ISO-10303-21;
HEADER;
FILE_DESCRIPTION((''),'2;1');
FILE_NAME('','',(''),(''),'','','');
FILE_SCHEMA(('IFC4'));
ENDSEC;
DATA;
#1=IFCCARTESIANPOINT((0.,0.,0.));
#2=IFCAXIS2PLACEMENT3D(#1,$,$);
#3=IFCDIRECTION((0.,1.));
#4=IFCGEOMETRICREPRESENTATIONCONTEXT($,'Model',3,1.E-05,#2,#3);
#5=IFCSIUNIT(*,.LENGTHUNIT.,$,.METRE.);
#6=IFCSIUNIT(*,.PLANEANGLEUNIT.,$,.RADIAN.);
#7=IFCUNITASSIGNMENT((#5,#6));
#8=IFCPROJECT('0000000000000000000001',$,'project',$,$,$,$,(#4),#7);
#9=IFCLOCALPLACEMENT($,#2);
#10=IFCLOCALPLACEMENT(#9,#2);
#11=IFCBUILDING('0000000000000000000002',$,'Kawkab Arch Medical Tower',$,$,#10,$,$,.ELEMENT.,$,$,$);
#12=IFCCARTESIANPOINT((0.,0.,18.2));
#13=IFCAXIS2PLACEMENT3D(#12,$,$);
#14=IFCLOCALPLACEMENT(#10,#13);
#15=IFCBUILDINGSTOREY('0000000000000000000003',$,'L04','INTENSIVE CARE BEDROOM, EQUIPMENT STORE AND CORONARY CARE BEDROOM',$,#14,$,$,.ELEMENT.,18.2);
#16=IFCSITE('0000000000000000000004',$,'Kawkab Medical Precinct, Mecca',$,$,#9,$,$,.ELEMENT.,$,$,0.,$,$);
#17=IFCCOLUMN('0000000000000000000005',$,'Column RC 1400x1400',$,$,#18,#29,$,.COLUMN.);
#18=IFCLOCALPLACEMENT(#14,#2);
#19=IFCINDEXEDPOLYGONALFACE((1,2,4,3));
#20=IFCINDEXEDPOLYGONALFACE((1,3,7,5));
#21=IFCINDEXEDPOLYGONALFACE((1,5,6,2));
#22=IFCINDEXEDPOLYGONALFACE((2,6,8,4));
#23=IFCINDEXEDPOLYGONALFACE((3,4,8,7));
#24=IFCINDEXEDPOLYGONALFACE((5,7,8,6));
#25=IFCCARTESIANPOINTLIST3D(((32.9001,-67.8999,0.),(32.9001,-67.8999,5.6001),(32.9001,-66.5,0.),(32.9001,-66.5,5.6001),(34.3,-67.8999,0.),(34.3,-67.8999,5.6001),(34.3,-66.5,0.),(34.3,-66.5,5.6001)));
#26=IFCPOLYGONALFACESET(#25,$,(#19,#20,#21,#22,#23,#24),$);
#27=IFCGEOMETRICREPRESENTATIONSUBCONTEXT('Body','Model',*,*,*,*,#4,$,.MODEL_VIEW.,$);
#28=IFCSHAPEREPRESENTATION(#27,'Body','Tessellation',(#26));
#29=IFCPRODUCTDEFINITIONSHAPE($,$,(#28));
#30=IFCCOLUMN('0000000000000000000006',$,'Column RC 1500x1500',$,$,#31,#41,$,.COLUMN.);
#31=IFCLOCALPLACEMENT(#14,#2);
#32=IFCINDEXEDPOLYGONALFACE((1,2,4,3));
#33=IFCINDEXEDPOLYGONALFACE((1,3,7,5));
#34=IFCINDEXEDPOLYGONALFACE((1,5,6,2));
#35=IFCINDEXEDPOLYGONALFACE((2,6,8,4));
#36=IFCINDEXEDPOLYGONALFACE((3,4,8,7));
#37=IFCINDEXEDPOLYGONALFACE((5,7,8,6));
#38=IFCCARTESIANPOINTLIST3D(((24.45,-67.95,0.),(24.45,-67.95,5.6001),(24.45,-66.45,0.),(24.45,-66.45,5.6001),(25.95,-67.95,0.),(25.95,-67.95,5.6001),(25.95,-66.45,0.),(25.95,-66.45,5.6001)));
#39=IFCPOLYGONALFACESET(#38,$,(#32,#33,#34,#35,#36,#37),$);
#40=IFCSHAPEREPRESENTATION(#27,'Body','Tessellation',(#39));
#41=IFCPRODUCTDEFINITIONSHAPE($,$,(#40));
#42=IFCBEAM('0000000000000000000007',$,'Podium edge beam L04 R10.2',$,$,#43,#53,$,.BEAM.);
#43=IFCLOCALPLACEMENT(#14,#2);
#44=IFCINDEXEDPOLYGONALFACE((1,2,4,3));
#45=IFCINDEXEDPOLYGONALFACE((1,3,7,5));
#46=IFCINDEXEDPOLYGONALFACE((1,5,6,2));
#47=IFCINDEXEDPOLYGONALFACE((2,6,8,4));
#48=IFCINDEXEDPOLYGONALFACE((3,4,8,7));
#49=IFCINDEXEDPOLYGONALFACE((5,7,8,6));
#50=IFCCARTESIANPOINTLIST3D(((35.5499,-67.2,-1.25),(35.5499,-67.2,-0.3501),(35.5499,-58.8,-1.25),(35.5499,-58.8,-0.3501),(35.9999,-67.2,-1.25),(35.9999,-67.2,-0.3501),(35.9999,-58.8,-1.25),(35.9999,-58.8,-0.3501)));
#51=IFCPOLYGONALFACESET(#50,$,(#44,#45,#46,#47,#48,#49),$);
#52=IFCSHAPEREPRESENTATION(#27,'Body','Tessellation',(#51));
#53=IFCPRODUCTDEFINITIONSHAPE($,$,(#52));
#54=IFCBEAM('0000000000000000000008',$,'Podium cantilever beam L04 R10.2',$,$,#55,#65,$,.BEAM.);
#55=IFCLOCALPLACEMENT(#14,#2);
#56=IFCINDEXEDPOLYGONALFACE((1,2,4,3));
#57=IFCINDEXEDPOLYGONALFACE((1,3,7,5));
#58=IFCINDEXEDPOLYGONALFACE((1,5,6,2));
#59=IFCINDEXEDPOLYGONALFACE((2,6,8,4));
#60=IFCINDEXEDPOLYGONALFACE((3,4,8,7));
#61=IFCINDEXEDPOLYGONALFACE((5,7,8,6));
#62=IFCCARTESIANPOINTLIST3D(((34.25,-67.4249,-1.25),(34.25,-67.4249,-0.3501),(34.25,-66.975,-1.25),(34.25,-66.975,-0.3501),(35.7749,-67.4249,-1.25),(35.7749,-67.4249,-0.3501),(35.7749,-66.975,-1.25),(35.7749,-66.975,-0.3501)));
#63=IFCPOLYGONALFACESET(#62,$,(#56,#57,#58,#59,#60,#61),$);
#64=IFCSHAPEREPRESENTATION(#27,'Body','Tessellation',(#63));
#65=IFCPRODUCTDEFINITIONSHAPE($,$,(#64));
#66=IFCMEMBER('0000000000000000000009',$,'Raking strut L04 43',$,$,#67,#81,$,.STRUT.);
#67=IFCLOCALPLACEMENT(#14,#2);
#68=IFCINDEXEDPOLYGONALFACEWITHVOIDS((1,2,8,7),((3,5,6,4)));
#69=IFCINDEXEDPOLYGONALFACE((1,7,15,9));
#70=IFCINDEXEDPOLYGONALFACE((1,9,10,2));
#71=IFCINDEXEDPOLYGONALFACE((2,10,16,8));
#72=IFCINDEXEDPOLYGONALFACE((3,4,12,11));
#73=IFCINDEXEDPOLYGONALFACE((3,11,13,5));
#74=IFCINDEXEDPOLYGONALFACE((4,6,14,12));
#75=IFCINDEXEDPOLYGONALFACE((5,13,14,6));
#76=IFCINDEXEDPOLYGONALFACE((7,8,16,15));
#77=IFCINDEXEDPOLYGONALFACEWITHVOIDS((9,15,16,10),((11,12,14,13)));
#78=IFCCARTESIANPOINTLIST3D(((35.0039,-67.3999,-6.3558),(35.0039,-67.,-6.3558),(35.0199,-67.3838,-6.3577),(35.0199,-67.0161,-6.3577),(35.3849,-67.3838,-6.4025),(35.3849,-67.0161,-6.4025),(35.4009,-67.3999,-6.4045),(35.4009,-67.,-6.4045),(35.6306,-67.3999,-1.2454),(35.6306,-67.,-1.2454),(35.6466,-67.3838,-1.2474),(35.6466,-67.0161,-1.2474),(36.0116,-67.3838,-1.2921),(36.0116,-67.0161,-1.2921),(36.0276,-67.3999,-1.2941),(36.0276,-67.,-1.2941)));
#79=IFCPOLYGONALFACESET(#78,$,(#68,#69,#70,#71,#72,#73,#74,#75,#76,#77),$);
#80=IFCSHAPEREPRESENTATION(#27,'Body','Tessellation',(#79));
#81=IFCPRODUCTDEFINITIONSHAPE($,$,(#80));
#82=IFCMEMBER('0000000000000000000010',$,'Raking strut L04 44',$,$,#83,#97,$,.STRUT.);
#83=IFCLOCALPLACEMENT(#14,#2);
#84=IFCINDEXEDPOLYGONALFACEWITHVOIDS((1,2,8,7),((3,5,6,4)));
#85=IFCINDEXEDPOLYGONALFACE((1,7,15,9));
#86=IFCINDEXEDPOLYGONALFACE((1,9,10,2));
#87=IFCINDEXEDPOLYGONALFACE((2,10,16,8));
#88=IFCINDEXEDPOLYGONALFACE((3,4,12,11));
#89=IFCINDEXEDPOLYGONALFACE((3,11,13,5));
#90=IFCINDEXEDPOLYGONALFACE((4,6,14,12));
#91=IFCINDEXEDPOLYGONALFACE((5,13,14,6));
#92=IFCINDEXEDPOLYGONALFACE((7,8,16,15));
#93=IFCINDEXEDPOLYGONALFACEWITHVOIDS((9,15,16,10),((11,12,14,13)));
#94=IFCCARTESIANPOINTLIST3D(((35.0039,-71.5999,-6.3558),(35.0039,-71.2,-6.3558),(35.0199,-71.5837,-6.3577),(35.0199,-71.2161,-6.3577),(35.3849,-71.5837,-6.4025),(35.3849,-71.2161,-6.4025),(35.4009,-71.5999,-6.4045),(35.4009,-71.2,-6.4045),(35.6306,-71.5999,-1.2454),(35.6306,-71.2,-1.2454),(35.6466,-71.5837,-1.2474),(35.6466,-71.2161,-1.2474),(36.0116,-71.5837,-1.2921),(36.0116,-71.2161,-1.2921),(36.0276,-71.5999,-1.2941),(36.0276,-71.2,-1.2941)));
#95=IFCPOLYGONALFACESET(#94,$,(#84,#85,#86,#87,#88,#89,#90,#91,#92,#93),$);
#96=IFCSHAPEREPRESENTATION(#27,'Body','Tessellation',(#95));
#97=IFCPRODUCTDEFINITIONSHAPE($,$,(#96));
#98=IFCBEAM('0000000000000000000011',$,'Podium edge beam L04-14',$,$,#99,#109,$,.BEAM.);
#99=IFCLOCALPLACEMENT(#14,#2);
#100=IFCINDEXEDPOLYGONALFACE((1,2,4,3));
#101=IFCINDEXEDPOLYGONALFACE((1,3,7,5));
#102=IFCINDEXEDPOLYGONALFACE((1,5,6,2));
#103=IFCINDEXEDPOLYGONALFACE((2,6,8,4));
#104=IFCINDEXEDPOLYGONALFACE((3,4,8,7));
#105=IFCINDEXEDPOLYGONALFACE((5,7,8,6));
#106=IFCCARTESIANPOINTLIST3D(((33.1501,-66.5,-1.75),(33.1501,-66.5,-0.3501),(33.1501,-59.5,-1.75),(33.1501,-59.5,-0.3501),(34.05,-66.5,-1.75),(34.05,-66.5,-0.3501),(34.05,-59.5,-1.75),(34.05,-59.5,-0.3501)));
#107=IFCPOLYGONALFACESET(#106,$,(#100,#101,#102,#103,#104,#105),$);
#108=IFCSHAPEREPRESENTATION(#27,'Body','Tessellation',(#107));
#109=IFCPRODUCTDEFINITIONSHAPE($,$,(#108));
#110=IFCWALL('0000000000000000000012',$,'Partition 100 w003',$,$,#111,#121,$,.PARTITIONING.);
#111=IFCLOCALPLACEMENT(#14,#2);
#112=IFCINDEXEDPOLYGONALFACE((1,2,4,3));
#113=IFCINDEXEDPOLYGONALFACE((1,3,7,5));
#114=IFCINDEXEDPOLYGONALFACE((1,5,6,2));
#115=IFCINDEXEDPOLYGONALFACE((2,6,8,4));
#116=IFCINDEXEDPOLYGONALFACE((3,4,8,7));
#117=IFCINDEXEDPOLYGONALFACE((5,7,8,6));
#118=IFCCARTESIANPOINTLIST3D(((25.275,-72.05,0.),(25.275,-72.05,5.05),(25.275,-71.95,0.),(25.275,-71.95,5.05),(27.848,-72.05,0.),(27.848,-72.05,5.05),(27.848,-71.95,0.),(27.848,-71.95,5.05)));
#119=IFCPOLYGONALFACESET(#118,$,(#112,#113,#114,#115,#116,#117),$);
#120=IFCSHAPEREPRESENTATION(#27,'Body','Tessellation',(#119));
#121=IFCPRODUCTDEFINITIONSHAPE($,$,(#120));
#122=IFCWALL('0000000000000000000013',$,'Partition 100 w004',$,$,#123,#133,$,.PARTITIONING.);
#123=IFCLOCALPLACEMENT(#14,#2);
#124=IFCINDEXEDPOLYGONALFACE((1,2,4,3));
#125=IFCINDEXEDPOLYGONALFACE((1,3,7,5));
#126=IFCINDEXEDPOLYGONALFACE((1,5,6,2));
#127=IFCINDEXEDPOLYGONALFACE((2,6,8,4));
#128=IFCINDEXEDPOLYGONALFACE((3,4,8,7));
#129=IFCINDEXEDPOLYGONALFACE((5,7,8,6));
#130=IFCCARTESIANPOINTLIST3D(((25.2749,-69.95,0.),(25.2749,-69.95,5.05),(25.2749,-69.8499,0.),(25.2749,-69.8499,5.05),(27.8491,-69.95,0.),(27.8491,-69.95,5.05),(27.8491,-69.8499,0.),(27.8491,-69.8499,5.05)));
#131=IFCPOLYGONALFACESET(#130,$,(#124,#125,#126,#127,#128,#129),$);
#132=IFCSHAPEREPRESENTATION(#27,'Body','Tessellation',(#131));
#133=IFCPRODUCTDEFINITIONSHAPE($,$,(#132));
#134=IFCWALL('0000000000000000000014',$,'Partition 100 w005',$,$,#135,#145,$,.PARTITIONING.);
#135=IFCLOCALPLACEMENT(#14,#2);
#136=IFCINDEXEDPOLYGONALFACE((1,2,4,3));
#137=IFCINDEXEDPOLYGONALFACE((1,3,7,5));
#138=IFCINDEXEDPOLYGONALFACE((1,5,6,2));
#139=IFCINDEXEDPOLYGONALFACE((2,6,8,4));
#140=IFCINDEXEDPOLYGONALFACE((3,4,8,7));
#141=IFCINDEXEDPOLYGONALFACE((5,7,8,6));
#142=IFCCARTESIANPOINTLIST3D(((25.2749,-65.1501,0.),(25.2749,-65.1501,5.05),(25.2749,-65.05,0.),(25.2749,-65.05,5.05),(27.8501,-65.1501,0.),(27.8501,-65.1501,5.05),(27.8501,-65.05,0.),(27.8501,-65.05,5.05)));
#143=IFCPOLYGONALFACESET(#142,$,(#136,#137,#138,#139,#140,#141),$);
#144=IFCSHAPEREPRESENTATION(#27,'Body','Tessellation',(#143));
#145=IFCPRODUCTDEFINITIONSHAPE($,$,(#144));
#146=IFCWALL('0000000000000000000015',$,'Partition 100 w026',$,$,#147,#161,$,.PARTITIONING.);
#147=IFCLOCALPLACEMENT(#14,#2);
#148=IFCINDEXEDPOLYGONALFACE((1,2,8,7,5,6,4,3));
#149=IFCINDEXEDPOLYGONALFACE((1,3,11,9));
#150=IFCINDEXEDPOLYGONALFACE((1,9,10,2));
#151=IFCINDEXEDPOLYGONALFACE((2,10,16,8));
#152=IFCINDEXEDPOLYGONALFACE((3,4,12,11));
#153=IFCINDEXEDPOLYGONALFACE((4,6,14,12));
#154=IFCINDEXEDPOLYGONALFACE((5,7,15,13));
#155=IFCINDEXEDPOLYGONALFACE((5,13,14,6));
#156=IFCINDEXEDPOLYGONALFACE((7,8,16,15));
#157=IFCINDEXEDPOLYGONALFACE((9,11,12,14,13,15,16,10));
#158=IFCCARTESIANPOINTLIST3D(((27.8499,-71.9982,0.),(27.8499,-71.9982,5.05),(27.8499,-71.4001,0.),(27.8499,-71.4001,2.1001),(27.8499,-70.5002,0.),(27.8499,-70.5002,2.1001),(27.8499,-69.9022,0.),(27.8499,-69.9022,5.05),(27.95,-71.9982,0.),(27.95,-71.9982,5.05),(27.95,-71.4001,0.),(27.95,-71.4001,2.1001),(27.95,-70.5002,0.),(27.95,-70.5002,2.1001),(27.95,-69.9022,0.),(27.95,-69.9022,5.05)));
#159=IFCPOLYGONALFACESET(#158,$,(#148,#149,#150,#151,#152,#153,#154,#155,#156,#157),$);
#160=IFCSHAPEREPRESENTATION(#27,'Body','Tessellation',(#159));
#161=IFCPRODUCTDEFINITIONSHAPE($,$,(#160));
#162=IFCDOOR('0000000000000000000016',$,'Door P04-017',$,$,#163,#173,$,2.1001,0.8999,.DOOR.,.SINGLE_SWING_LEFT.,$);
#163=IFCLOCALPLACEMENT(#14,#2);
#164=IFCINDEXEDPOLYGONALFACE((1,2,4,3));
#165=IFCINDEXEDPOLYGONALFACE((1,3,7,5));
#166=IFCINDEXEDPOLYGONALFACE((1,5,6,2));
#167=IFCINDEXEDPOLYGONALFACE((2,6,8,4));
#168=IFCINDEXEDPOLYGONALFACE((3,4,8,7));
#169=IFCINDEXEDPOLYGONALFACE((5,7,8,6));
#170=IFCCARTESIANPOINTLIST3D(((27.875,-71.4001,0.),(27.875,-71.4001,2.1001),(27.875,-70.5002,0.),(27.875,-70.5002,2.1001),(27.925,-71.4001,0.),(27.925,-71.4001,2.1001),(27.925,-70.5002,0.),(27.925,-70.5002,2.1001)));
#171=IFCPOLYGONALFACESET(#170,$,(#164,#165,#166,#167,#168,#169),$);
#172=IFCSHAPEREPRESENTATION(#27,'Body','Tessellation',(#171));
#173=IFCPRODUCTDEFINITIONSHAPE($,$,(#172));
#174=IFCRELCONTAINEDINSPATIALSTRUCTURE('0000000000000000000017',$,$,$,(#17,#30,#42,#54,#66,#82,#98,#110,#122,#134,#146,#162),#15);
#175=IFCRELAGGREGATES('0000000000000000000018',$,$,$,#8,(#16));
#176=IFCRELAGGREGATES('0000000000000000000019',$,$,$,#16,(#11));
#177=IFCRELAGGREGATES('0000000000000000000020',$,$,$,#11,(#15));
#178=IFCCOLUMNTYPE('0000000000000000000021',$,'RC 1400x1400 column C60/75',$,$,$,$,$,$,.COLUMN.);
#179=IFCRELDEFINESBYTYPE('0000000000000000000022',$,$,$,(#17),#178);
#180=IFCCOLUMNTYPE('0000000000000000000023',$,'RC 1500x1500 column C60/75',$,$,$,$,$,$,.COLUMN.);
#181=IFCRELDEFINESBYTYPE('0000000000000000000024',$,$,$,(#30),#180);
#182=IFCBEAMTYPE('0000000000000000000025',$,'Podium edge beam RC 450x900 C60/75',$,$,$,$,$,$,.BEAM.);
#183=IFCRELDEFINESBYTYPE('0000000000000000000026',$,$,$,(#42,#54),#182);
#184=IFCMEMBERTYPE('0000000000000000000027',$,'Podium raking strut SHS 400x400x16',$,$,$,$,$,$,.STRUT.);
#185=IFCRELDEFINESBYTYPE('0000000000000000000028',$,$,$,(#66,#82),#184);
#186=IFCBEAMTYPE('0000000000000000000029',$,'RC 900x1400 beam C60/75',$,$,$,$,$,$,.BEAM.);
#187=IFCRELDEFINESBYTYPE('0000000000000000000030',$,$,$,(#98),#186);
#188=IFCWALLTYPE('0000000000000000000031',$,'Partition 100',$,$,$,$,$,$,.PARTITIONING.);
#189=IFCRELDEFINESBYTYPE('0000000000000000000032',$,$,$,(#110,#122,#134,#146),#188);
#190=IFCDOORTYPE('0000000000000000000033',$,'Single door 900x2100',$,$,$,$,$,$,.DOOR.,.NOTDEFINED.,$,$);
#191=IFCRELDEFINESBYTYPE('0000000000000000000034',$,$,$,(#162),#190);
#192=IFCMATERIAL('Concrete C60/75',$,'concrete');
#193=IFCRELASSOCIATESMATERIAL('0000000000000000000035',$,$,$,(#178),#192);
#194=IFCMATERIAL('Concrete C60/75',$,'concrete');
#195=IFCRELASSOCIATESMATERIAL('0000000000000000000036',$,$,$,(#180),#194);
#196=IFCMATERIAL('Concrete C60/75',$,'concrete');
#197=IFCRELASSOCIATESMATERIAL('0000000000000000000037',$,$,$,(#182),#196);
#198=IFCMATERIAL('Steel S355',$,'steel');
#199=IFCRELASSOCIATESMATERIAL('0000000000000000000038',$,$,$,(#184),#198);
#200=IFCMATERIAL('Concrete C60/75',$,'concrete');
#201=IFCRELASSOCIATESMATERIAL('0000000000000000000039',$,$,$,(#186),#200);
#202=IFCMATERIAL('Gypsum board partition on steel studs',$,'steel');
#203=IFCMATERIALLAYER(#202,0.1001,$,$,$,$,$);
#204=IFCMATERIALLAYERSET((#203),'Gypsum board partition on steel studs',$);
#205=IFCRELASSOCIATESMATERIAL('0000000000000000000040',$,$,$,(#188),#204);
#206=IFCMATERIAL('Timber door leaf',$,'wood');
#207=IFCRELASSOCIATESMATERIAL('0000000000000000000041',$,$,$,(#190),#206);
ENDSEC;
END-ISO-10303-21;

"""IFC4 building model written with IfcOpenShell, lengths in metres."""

from ifc_helpers import new_model, si_unit, direction, frame, frame_2d, origin, origin_2d, place, context, subcontext, project, spatial, rectangle, hollow_rectangle, extrude, material, layer, layer_set, material_profile, profile_set, type_object, element, fill, save


model = new_model("IFC4")

# Units and contexts
model_context = context("Model", 3, precision=1e-05, world=origin(), true_north=direction((0.0, 1.0)))
body_context = subcontext(model_context, "Body", "Model", "MODEL_VIEW")
ifc_project = project(units=[si_unit("LENGTHUNIT", "METRE"), si_unit("PLANEANGLEUNIT", "RADIAN")], contexts=[model_context])

# Site, building, storey
site_placement = place(None, origin())
site = spatial("IfcSite", under=ifc_project, at=site_placement, Name="Kawkab Medical Precinct, Mecca", CompositionType="ELEMENT", RefElevation=0.0)
building_placement = place(site_placement, origin())
building = spatial("IfcBuilding", under=site, at=building_placement, Name="Kawkab Arch Medical Tower", CompositionType="ELEMENT")
storey_placement = place(building_placement, frame((0.0, 0.0, 18.2)))
storey = spatial("IfcBuildingStorey", under=building, at=storey_placement, Name="L04", Description="INTENSIVE CARE BEDROOM, EQUIPMENT STORE AND CORONARY CARE BEDROOM", CompositionType="ELEMENT", Elevation=18.2)

# Columns
ifc_material_1 = material(Name="Concrete C60/75", Category="concrete")
ifc_material_profile_1 = material_profile(ifc_material_1, rectangle(XDim=1.3999, YDim=1.3999, at=origin_2d()), Name="RC 1400x1400")
ifc_profile_set_1 = profile_set([ifc_material_profile_1], Name="Concrete C60/75")
column_type_1 = type_object("IfcColumnType", Name="RC 1400x1400 column C60/75", PredefinedType="COLUMN", material=ifc_profile_set_1)
column_1_placement = place(storey_placement, frame((33.6001, -67.2, 0.0), z_axis=(0.0, 0.0, 1.0), x_axis=(1.0, 0.0, 0.0)))
element("IfcColumn", 1, at=column_1_placement, inside=storey, type_object=column_type_1, Name="Column RC 1400x1400", PredefinedType="COLUMN", context=body_context, shape_type="SweptSolid", body=[
    extrude(rectangle(XDim=1.3999, YDim=1.3999, at=origin_2d()), origin(), (0.0, 0.0, 1.0), 5.6001),
])
ifc_material_2 = material(Name="Concrete C60/75", Category="concrete")
ifc_material_profile_2 = material_profile(ifc_material_2, rectangle(XDim=1.5, YDim=1.5, at=origin_2d()), Name="RC 1500x1500")
ifc_profile_set_2 = profile_set([ifc_material_profile_2], Name="Concrete C60/75")
column_type_2 = type_object("IfcColumnType", Name="RC 1500x1500 column C60/75", PredefinedType="COLUMN", material=ifc_profile_set_2)
column_2_placement = place(storey_placement, frame((25.2, -67.2, 0.0), z_axis=(0.0, 0.0, 1.0), x_axis=(1.0, 0.0, 0.0)))
element("IfcColumn", 2, at=column_2_placement, inside=storey, type_object=column_type_2, Name="Column RC 1500x1500", PredefinedType="COLUMN", context=body_context, shape_type="SweptSolid", body=[
    extrude(rectangle(XDim=1.5, YDim=1.5, at=origin_2d()), origin(), (0.0, 0.0, 1.0), 5.6001),
])

# Beams
ifc_material_3 = material(Name="Concrete C60/75", Category="concrete")
ifc_material_profile_3 = material_profile(ifc_material_3, rectangle(XDim=0.45, YDim=0.8999, at=origin_2d()), Name="RC 450x900")
ifc_profile_set_3 = profile_set([ifc_material_profile_3], Name="Concrete C60/75")
beam_type_1 = type_object("IfcBeamType", Name="Podium edge beam RC 450x900 C60/75", PredefinedType="BEAM", material=ifc_profile_set_3)
beam_1_placement = place(storey_placement, frame((35.7749, -67.2, -0.8), z_axis=(0.0, 1.0, 0.0), x_axis=(-1.0, 0.0, 0.0)))
element("IfcBeam", 3, at=beam_1_placement, inside=storey, type_object=beam_type_1, Name="Podium edge beam L04 R10.2", PredefinedType="BEAM", context=body_context, shape_type="SweptSolid", body=[
    extrude(rectangle(XDim=0.45, YDim=0.8999, at=origin_2d()), origin(), (0.0, 0.0, 1.0), 8.3999),
])
beam_2_placement = place(storey_placement, frame((34.25, -67.2, -0.8), z_axis=(1.0, 0.0, 0.0), x_axis=(0.0, 1.0, 0.0)))
element("IfcBeam", 4, at=beam_2_placement, inside=storey, type_object=beam_type_1, Name="Podium cantilever beam L04 R10.2", PredefinedType="BEAM", context=body_context, shape_type="SweptSolid", body=[
    extrude(rectangle(XDim=0.45, YDim=0.8999, at=origin_2d()), origin(), (0.0, 0.0, 1.0), 1.5249),
])

# Members
ifc_material_4 = material(Name="Steel S355", Category="steel")
ifc_material_profile_4 = material_profile(ifc_material_4, hollow_rectangle(XDim=0.3999, YDim=0.3999, WallThickness=0.0161, at=origin_2d()), Name="SHS 400x400x16")
ifc_profile_set_4 = profile_set([ifc_material_profile_4], Name="Steel S355")
member_type = type_object("IfcMemberType", Name="Podium raking strut SHS 400x400x16", PredefinedType="STRUT", material=ifc_profile_set_4)
for number, where, z_axis, x_axis, name in (
    (5, (35.2024, -67.2, -6.3801), (0.121723, 0.0, 0.992564), (0.0, 1.0, 0.0), "Raking strut L04 43"),
    (6, (35.2024, -71.3999, -6.3801), (0.121723, 0.0, 0.992564), (0.0, 1.0, 0.0), "Raking strut L04 44"),
):
    element("IfcMember", number, at=place(storey_placement, frame(where, z_axis=z_axis, x_axis=x_axis)), inside=storey, type_object=member_type, Name=name, PredefinedType="STRUT", context=body_context, shape_type="SweptSolid", body=[
        extrude(hollow_rectangle(XDim=0.3999, YDim=0.3999, WallThickness=0.0161, at=origin_2d()), origin(), (0.0, 0.0, 1.0), 5.1487),
    ])

# Beam
ifc_material_5 = material(Name="Concrete C60/75", Category="concrete")
ifc_material_profile_5 = material_profile(ifc_material_5, rectangle(XDim=0.8999, YDim=1.3999, at=origin_2d()), Name="RC 900x1400")
ifc_profile_set_5 = profile_set([ifc_material_profile_5], Name="Concrete C60/75")
beam_type_2 = type_object("IfcBeamType", Name="RC 900x1400 beam C60/75", PredefinedType="BEAM", material=ifc_profile_set_5)
beam_3_placement = place(storey_placement, frame((33.6001, -66.5, -1.05), z_axis=(0.0, 1.0, 0.0), x_axis=(-1.0, 0.0, 0.0)))
element("IfcBeam", 7, at=beam_3_placement, inside=storey, type_object=beam_type_2, Name="Podium edge beam L04-14", PredefinedType="BEAM", context=body_context, shape_type="SweptSolid", body=[
    extrude(rectangle(XDim=0.8999, YDim=1.3999, at=origin_2d()), origin(), (0.0, 0.0, 1.0), 7.0),
])

# Walls
ifc_material_6 = material(Name="Gypsum board partition on steel studs", Category="steel")
ifc_layer_1 = layer(ifc_material_6, 0.1001)
ifc_layer_set_1 = layer_set([ifc_layer_1], Name="Gypsum board partition on steel studs")
wall_type_1 = type_object("IfcWallType", Name="Partition 100", PredefinedType="PARTITIONING", material=ifc_layer_set_1)
wall_1_placement = place(storey_placement, frame((25.2749, -72.0, 0.0), z_axis=(0.0, 0.0, 1.0), x_axis=(1.0, 0.0, 0.0)))
element("IfcWall", 8, at=wall_1_placement, inside=storey, type_object=wall_type_1, Name="Partition 100 w003", PredefinedType="PARTITIONING", context=body_context, shape_type="SweptSolid", body=[
    extrude(rectangle(XDim=2.573, YDim=0.1001, at=frame_2d((1.2866, 0.0))), origin(), (0.0, 0.0, 1.0), 5.05),
])
wall_2_placement = place(storey_placement, frame((25.2749, -69.8999, 0.0), z_axis=(0.0, 0.0, 1.0), x_axis=(1.0, 0.0, 0.0)))
element("IfcWall", 9, at=wall_2_placement, inside=storey, type_object=wall_type_1, Name="Partition 100 w004", PredefinedType="PARTITIONING", context=body_context, shape_type="SweptSolid", body=[
    extrude(rectangle(XDim=2.5742, YDim=0.1001, at=frame_2d((1.2871, 0.0))), origin(), (0.0, 0.0, 1.0), 5.05),
])
wall_3_placement = place(storey_placement, frame((25.2749, -65.1001, 0.0), z_axis=(0.0, 0.0, 1.0), x_axis=(1.0, 0.0, 0.0)))
element("IfcWall", 10, at=wall_3_placement, inside=storey, type_object=wall_type_1, Name="Partition 100 w005", PredefinedType="PARTITIONING", context=body_context, shape_type="SweptSolid", body=[
    extrude(rectangle(XDim=2.5752, YDim=0.1001, at=frame_2d((1.2876, 0.0))), origin(), (0.0, 0.0, 1.0), 5.05),
])

# Wall, opening, door
wall_4_placement = place(storey_placement, frame((27.8999, -71.998, 0.0), z_axis=(0.0, 0.0, 1.0), x_axis=(0.0, 1.0, 0.0)))
wall_4 = element("IfcWall", 11, at=wall_4_placement, inside=storey, type_object=wall_type_1, Name="Partition 100 w026", PredefinedType="PARTITIONING", context=body_context, shape_type="SweptSolid", body=[
    extrude(rectangle(XDim=2.0959, YDim=0.1001, at=frame_2d((1.0479, 0.0))), origin(), (0.0, 0.0, 1.0), 5.05),
])
opening_1_placement = place(wall_4_placement, frame((0.5979, 0.0, 0.0)))
opening_1 = element("IfcOpeningElement", 12, at=opening_1_placement, cuts=wall_4, PredefinedType="OPENING", context=body_context, shape_type="SweptSolid", body=[
    extrude(rectangle(XDim=0.8999, YDim=2.1001, at=frame_2d((0.45, 1.05))), frame((0.0, 0.0601, 0.0), z_axis=(0.0, -1.0, 0.0), x_axis=(1.0, 0.0, 0.0)), (0.0, 0.0, 1.0), 0.1201),
])
ifc_material_7 = material(Name="Timber door leaf", Category="wood")
door_type = type_object("IfcDoorType", Name="Single door 900x2100", OperationType="NOTDEFINED", PredefinedType="DOOR", material=ifc_material_7)
door_1_placement = place(opening_1_placement, origin())
door_1 = element("IfcDoor", 13, at=door_1_placement, inside=storey, type_object=door_type, Name="Door P04-017", OperationType="SINGLE_SWING_LEFT", OverallHeight=2.1001, OverallWidth=0.8999, PredefinedType="DOOR", context=body_context, shape_type="SweptSolid", body=[
    extrude(rectangle(XDim=0.8999, YDim=2.1001, at=frame_2d((0.45, 1.05))), frame((0.0, 0.0249, 0.0), z_axis=(0.0, -1.0, 0.0), x_axis=(1.0, 0.0, 0.0)), (0.0, 0.0, 1.0), 0.05),
])
fill(opening_1, door_1)

save(model, "model.ifc")
